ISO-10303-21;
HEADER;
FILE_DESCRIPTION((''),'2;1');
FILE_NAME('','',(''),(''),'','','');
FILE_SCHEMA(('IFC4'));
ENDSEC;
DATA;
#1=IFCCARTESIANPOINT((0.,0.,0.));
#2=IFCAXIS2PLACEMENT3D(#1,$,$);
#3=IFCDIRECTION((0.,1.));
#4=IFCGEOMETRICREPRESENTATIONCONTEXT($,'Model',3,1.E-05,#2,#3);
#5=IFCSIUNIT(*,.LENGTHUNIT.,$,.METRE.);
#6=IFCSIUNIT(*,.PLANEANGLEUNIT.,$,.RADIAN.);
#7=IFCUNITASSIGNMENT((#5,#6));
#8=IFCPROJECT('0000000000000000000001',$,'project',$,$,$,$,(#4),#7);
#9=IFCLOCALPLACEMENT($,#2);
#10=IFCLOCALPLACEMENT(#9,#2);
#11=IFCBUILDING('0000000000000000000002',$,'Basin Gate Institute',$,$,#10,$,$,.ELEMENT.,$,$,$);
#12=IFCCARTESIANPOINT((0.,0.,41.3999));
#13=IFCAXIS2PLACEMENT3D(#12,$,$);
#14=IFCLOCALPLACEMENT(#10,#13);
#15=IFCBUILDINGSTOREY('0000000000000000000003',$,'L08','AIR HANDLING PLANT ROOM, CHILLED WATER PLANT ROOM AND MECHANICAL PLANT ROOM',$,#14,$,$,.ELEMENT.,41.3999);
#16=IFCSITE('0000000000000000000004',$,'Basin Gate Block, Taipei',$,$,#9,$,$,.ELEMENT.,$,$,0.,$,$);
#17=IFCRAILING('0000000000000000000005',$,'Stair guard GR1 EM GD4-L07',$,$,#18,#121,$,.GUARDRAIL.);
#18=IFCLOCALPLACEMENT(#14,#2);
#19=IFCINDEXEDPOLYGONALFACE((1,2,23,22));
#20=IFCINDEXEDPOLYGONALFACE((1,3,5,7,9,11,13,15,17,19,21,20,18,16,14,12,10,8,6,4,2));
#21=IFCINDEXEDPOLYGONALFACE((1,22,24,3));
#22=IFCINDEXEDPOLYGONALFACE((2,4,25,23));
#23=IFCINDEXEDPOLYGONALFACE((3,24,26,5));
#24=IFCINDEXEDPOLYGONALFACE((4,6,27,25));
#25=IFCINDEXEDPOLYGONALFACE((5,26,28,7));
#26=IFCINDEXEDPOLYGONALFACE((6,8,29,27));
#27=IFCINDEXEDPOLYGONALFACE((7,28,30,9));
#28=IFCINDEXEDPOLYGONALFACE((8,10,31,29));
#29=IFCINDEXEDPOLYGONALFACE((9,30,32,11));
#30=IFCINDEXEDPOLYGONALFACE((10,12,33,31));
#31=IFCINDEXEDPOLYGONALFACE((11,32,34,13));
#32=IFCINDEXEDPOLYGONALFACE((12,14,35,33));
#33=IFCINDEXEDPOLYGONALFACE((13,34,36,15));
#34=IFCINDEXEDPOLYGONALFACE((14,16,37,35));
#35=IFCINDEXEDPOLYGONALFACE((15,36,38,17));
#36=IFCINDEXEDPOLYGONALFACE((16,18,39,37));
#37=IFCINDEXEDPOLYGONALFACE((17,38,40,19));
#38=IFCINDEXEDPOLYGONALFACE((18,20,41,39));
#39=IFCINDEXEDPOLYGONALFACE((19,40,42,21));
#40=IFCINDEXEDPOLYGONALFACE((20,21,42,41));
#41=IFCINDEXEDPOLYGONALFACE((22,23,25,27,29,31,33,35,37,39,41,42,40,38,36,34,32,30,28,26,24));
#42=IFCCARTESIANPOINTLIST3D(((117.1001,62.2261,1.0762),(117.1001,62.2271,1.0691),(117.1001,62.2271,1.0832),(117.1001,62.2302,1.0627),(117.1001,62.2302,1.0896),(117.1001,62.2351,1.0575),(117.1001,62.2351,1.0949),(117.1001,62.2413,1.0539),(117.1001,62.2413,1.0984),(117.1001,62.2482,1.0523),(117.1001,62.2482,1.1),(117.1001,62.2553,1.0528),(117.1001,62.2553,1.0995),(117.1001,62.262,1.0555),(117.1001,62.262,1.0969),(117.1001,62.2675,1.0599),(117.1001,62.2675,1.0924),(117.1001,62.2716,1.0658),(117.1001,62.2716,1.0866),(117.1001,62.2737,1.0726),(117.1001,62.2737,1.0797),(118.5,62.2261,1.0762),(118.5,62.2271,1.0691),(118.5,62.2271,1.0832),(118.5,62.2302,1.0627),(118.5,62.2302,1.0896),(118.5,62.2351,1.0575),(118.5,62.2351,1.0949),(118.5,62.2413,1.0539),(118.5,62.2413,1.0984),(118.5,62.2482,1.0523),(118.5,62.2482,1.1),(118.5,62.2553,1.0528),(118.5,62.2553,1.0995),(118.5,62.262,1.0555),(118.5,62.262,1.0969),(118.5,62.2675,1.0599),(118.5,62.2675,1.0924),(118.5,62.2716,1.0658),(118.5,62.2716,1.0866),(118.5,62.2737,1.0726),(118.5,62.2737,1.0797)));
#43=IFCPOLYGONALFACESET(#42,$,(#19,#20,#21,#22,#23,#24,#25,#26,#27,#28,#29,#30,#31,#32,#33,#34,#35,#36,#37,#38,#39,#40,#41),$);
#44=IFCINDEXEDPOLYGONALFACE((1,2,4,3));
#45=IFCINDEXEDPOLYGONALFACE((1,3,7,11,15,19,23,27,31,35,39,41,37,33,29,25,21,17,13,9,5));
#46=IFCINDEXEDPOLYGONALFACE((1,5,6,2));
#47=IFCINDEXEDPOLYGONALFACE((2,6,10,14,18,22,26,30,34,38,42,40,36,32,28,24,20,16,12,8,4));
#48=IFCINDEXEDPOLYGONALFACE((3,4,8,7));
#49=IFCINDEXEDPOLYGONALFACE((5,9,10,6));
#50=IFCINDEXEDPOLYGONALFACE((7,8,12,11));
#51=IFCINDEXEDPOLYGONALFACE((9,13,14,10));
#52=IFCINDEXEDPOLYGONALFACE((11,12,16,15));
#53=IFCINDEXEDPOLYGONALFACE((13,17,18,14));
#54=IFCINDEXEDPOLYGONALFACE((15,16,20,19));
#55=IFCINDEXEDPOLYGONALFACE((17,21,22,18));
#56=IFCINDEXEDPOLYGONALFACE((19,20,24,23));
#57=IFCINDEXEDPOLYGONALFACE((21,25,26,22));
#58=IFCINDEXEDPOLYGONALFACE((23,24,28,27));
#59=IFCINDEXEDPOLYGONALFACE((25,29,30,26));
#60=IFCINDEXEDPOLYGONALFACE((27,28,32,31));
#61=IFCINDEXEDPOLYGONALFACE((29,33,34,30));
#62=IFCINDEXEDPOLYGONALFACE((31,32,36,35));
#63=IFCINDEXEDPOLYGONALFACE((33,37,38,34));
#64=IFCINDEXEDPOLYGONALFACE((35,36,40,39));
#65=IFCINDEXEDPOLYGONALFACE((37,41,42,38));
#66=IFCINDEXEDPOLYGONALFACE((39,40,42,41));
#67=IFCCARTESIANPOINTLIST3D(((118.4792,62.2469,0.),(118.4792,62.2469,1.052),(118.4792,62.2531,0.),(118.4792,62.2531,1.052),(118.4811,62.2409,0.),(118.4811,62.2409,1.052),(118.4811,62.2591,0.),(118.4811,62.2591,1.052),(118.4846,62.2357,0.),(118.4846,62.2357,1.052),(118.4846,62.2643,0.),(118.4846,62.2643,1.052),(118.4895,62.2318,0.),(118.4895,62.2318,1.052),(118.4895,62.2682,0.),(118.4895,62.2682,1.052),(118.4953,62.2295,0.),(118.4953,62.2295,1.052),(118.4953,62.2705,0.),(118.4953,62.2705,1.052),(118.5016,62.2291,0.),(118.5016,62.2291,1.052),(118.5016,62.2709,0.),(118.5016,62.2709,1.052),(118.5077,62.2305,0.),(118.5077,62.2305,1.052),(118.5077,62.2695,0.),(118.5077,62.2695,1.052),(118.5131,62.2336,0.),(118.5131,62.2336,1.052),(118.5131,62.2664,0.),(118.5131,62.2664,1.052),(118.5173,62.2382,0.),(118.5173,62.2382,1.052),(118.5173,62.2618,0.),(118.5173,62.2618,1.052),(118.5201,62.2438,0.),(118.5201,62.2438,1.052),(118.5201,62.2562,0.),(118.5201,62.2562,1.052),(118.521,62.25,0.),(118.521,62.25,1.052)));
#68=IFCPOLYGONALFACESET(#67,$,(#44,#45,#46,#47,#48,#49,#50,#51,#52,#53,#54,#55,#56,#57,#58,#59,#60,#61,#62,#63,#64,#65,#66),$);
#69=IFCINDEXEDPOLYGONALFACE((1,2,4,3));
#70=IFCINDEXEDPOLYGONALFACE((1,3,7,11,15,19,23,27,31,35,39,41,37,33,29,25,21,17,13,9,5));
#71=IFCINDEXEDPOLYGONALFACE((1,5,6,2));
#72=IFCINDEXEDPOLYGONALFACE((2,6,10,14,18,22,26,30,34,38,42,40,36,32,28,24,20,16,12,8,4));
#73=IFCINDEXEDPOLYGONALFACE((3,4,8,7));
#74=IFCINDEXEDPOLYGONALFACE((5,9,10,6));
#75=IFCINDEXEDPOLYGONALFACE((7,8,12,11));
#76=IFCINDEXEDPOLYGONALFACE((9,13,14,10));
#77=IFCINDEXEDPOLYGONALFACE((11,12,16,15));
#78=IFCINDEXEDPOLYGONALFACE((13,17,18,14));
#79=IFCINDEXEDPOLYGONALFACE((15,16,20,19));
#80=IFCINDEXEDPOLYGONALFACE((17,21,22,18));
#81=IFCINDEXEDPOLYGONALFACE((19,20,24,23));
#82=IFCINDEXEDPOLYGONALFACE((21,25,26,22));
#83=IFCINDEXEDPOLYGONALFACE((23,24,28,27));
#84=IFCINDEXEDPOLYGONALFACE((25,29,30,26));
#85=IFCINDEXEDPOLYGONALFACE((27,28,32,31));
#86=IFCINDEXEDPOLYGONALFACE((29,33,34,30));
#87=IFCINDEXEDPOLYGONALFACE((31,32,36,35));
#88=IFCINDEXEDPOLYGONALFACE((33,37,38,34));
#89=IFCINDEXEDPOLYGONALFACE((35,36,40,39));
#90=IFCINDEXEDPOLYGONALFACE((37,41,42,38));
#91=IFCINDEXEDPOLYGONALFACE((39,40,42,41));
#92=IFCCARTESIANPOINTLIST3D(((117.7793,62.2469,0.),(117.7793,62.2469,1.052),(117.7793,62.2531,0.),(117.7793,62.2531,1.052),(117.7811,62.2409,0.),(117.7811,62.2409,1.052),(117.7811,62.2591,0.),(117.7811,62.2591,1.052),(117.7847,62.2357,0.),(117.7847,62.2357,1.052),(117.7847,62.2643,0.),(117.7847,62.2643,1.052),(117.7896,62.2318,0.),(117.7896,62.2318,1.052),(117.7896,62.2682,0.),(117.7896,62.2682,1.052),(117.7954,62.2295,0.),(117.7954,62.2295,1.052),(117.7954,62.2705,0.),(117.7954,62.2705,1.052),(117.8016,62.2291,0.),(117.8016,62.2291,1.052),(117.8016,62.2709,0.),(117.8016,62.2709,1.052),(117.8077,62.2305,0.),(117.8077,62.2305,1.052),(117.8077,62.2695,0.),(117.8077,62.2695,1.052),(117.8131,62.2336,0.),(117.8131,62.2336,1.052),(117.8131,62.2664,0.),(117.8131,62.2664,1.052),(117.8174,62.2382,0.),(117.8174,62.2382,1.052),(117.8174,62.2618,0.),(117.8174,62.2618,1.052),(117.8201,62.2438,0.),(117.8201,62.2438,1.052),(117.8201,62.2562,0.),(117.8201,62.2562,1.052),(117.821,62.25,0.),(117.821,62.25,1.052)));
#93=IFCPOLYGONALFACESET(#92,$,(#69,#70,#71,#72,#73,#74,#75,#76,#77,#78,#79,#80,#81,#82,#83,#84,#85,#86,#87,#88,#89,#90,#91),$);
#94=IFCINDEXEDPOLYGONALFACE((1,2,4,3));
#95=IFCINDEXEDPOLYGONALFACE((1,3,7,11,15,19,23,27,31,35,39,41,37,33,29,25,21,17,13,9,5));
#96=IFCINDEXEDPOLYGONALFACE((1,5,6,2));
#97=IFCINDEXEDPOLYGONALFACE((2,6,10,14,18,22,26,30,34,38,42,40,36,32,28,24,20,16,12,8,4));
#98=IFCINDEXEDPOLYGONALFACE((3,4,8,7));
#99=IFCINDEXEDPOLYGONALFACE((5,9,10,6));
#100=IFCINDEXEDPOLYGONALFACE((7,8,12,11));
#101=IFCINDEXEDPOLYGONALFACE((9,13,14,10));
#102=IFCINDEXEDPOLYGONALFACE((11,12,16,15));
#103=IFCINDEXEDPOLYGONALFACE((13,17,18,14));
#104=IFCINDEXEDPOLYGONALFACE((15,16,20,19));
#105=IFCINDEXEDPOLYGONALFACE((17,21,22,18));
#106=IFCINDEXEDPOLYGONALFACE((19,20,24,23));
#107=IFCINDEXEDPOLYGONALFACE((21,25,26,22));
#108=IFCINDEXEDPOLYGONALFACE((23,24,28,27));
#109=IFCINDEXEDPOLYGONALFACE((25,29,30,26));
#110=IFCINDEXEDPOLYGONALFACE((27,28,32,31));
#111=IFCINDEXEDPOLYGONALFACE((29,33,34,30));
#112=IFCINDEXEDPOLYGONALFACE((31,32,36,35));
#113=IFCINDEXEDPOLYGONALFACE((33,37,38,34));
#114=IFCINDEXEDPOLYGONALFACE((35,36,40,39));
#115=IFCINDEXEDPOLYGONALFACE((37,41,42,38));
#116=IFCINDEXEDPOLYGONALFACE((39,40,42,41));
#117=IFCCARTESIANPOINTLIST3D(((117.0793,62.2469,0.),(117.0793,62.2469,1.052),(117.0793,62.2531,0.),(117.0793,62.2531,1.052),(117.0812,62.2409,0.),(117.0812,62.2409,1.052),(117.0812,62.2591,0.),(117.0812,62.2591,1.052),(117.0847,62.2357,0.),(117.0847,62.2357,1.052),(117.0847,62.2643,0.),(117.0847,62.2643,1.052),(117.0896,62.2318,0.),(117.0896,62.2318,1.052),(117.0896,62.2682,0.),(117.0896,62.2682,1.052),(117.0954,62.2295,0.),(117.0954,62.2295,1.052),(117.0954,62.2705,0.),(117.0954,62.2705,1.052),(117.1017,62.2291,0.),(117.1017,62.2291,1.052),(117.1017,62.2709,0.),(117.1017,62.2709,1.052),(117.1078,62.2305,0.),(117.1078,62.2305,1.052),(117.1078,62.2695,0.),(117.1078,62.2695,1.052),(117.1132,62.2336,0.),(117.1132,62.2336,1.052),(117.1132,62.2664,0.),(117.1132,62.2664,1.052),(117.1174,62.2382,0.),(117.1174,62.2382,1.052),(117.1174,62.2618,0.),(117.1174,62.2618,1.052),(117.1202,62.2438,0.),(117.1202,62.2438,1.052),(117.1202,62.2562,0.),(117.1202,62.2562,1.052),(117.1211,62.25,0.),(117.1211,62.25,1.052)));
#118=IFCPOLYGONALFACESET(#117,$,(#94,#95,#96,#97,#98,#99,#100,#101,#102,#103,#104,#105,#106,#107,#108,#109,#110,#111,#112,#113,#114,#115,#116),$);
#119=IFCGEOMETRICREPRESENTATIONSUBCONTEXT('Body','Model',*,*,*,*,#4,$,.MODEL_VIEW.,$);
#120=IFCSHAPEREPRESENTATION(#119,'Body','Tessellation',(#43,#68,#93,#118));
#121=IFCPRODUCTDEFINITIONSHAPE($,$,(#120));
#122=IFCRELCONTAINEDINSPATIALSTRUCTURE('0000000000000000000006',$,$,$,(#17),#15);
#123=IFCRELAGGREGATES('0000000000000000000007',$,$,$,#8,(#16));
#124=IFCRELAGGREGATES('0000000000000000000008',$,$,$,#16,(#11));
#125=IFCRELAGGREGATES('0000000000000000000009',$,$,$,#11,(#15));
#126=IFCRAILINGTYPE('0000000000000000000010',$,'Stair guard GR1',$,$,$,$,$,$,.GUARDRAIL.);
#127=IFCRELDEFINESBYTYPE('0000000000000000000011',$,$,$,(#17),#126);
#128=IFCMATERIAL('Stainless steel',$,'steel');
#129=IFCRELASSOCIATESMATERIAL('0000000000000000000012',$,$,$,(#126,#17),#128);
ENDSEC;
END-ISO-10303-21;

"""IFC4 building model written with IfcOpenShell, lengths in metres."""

from ifc_helpers import new_model, si_unit, direction, frame, origin, origin_2d, place, context, subcontext, project, spatial, circle, extrude, material, type_object, element, save


model = new_model("IFC4")

# Units and contexts
model_context = context("Model", 3, precision=1e-05, world=origin(), true_north=direction((0.0, 1.0)))
body_context = subcontext(model_context, "Body", "Model", "MODEL_VIEW")
ifc_project = project(units=[si_unit("LENGTHUNIT", "METRE"), si_unit("PLANEANGLEUNIT", "RADIAN")], contexts=[model_context])

# Site, building, storey
site_placement = place(None, origin())
site = spatial("IfcSite", under=ifc_project, at=site_placement, Name="Basin Gate Block, Taipei", CompositionType="ELEMENT", RefElevation=0.0)
building_placement = place(site_placement, origin())
building = spatial("IfcBuilding", under=site, at=building_placement, Name="Basin Gate Institute", CompositionType="ELEMENT")
storey_placement = place(building_placement, frame((0.0, 0.0, 41.3999)))
storey = spatial("IfcBuildingStorey", under=building, at=storey_placement, Name="L08", Description="AIR HANDLING PLANT ROOM, CHILLED WATER PLANT ROOM AND MECHANICAL PLANT ROOM", CompositionType="ELEMENT", Elevation=41.3999)

# Railing
ifc_material_1 = material(Name="Stainless steel", Category="steel")
railing_type_1 = type_object("IfcRailingType", Name="Stair guard GR1", PredefinedType="GUARDRAIL", material=ifc_material_1)
railing_1_placement = place(storey_placement, frame((118.5, 62.25, 0.0)))
element("IfcRailing", 1, at=railing_1_placement, inside=storey, type_object=railing_type_1, material=ifc_material_1, Name="Stair guard GR1 EM GD4-L07", PredefinedType="GUARDRAIL", context=body_context, shape_type="SweptSolid", body=[
    extrude(circle(Radius=0.0239, at=origin_2d()), frame((0.0, 0.0, 1.0762), z_axis=(-1.0, 0.0, 0.0), x_axis=(0.0, -1.0, 0.0)), (0.0, 0.0, 1.0), 1.3999),
    extrude(circle(Radius=0.021, at=origin_2d()), origin(), (0.0, 0.0, 1.0), 1.052),
    extrude(circle(Radius=0.021, at=origin_2d()), frame((-0.7, 0.0, 0.0)), (0.0, 0.0, 1.0), 1.052),
    extrude(circle(Radius=0.021, at=origin_2d()), frame((-1.3999, 0.0, 0.0)), (0.0, 0.0, 1.0), 1.052),
])

save(model, "model.ifc")
